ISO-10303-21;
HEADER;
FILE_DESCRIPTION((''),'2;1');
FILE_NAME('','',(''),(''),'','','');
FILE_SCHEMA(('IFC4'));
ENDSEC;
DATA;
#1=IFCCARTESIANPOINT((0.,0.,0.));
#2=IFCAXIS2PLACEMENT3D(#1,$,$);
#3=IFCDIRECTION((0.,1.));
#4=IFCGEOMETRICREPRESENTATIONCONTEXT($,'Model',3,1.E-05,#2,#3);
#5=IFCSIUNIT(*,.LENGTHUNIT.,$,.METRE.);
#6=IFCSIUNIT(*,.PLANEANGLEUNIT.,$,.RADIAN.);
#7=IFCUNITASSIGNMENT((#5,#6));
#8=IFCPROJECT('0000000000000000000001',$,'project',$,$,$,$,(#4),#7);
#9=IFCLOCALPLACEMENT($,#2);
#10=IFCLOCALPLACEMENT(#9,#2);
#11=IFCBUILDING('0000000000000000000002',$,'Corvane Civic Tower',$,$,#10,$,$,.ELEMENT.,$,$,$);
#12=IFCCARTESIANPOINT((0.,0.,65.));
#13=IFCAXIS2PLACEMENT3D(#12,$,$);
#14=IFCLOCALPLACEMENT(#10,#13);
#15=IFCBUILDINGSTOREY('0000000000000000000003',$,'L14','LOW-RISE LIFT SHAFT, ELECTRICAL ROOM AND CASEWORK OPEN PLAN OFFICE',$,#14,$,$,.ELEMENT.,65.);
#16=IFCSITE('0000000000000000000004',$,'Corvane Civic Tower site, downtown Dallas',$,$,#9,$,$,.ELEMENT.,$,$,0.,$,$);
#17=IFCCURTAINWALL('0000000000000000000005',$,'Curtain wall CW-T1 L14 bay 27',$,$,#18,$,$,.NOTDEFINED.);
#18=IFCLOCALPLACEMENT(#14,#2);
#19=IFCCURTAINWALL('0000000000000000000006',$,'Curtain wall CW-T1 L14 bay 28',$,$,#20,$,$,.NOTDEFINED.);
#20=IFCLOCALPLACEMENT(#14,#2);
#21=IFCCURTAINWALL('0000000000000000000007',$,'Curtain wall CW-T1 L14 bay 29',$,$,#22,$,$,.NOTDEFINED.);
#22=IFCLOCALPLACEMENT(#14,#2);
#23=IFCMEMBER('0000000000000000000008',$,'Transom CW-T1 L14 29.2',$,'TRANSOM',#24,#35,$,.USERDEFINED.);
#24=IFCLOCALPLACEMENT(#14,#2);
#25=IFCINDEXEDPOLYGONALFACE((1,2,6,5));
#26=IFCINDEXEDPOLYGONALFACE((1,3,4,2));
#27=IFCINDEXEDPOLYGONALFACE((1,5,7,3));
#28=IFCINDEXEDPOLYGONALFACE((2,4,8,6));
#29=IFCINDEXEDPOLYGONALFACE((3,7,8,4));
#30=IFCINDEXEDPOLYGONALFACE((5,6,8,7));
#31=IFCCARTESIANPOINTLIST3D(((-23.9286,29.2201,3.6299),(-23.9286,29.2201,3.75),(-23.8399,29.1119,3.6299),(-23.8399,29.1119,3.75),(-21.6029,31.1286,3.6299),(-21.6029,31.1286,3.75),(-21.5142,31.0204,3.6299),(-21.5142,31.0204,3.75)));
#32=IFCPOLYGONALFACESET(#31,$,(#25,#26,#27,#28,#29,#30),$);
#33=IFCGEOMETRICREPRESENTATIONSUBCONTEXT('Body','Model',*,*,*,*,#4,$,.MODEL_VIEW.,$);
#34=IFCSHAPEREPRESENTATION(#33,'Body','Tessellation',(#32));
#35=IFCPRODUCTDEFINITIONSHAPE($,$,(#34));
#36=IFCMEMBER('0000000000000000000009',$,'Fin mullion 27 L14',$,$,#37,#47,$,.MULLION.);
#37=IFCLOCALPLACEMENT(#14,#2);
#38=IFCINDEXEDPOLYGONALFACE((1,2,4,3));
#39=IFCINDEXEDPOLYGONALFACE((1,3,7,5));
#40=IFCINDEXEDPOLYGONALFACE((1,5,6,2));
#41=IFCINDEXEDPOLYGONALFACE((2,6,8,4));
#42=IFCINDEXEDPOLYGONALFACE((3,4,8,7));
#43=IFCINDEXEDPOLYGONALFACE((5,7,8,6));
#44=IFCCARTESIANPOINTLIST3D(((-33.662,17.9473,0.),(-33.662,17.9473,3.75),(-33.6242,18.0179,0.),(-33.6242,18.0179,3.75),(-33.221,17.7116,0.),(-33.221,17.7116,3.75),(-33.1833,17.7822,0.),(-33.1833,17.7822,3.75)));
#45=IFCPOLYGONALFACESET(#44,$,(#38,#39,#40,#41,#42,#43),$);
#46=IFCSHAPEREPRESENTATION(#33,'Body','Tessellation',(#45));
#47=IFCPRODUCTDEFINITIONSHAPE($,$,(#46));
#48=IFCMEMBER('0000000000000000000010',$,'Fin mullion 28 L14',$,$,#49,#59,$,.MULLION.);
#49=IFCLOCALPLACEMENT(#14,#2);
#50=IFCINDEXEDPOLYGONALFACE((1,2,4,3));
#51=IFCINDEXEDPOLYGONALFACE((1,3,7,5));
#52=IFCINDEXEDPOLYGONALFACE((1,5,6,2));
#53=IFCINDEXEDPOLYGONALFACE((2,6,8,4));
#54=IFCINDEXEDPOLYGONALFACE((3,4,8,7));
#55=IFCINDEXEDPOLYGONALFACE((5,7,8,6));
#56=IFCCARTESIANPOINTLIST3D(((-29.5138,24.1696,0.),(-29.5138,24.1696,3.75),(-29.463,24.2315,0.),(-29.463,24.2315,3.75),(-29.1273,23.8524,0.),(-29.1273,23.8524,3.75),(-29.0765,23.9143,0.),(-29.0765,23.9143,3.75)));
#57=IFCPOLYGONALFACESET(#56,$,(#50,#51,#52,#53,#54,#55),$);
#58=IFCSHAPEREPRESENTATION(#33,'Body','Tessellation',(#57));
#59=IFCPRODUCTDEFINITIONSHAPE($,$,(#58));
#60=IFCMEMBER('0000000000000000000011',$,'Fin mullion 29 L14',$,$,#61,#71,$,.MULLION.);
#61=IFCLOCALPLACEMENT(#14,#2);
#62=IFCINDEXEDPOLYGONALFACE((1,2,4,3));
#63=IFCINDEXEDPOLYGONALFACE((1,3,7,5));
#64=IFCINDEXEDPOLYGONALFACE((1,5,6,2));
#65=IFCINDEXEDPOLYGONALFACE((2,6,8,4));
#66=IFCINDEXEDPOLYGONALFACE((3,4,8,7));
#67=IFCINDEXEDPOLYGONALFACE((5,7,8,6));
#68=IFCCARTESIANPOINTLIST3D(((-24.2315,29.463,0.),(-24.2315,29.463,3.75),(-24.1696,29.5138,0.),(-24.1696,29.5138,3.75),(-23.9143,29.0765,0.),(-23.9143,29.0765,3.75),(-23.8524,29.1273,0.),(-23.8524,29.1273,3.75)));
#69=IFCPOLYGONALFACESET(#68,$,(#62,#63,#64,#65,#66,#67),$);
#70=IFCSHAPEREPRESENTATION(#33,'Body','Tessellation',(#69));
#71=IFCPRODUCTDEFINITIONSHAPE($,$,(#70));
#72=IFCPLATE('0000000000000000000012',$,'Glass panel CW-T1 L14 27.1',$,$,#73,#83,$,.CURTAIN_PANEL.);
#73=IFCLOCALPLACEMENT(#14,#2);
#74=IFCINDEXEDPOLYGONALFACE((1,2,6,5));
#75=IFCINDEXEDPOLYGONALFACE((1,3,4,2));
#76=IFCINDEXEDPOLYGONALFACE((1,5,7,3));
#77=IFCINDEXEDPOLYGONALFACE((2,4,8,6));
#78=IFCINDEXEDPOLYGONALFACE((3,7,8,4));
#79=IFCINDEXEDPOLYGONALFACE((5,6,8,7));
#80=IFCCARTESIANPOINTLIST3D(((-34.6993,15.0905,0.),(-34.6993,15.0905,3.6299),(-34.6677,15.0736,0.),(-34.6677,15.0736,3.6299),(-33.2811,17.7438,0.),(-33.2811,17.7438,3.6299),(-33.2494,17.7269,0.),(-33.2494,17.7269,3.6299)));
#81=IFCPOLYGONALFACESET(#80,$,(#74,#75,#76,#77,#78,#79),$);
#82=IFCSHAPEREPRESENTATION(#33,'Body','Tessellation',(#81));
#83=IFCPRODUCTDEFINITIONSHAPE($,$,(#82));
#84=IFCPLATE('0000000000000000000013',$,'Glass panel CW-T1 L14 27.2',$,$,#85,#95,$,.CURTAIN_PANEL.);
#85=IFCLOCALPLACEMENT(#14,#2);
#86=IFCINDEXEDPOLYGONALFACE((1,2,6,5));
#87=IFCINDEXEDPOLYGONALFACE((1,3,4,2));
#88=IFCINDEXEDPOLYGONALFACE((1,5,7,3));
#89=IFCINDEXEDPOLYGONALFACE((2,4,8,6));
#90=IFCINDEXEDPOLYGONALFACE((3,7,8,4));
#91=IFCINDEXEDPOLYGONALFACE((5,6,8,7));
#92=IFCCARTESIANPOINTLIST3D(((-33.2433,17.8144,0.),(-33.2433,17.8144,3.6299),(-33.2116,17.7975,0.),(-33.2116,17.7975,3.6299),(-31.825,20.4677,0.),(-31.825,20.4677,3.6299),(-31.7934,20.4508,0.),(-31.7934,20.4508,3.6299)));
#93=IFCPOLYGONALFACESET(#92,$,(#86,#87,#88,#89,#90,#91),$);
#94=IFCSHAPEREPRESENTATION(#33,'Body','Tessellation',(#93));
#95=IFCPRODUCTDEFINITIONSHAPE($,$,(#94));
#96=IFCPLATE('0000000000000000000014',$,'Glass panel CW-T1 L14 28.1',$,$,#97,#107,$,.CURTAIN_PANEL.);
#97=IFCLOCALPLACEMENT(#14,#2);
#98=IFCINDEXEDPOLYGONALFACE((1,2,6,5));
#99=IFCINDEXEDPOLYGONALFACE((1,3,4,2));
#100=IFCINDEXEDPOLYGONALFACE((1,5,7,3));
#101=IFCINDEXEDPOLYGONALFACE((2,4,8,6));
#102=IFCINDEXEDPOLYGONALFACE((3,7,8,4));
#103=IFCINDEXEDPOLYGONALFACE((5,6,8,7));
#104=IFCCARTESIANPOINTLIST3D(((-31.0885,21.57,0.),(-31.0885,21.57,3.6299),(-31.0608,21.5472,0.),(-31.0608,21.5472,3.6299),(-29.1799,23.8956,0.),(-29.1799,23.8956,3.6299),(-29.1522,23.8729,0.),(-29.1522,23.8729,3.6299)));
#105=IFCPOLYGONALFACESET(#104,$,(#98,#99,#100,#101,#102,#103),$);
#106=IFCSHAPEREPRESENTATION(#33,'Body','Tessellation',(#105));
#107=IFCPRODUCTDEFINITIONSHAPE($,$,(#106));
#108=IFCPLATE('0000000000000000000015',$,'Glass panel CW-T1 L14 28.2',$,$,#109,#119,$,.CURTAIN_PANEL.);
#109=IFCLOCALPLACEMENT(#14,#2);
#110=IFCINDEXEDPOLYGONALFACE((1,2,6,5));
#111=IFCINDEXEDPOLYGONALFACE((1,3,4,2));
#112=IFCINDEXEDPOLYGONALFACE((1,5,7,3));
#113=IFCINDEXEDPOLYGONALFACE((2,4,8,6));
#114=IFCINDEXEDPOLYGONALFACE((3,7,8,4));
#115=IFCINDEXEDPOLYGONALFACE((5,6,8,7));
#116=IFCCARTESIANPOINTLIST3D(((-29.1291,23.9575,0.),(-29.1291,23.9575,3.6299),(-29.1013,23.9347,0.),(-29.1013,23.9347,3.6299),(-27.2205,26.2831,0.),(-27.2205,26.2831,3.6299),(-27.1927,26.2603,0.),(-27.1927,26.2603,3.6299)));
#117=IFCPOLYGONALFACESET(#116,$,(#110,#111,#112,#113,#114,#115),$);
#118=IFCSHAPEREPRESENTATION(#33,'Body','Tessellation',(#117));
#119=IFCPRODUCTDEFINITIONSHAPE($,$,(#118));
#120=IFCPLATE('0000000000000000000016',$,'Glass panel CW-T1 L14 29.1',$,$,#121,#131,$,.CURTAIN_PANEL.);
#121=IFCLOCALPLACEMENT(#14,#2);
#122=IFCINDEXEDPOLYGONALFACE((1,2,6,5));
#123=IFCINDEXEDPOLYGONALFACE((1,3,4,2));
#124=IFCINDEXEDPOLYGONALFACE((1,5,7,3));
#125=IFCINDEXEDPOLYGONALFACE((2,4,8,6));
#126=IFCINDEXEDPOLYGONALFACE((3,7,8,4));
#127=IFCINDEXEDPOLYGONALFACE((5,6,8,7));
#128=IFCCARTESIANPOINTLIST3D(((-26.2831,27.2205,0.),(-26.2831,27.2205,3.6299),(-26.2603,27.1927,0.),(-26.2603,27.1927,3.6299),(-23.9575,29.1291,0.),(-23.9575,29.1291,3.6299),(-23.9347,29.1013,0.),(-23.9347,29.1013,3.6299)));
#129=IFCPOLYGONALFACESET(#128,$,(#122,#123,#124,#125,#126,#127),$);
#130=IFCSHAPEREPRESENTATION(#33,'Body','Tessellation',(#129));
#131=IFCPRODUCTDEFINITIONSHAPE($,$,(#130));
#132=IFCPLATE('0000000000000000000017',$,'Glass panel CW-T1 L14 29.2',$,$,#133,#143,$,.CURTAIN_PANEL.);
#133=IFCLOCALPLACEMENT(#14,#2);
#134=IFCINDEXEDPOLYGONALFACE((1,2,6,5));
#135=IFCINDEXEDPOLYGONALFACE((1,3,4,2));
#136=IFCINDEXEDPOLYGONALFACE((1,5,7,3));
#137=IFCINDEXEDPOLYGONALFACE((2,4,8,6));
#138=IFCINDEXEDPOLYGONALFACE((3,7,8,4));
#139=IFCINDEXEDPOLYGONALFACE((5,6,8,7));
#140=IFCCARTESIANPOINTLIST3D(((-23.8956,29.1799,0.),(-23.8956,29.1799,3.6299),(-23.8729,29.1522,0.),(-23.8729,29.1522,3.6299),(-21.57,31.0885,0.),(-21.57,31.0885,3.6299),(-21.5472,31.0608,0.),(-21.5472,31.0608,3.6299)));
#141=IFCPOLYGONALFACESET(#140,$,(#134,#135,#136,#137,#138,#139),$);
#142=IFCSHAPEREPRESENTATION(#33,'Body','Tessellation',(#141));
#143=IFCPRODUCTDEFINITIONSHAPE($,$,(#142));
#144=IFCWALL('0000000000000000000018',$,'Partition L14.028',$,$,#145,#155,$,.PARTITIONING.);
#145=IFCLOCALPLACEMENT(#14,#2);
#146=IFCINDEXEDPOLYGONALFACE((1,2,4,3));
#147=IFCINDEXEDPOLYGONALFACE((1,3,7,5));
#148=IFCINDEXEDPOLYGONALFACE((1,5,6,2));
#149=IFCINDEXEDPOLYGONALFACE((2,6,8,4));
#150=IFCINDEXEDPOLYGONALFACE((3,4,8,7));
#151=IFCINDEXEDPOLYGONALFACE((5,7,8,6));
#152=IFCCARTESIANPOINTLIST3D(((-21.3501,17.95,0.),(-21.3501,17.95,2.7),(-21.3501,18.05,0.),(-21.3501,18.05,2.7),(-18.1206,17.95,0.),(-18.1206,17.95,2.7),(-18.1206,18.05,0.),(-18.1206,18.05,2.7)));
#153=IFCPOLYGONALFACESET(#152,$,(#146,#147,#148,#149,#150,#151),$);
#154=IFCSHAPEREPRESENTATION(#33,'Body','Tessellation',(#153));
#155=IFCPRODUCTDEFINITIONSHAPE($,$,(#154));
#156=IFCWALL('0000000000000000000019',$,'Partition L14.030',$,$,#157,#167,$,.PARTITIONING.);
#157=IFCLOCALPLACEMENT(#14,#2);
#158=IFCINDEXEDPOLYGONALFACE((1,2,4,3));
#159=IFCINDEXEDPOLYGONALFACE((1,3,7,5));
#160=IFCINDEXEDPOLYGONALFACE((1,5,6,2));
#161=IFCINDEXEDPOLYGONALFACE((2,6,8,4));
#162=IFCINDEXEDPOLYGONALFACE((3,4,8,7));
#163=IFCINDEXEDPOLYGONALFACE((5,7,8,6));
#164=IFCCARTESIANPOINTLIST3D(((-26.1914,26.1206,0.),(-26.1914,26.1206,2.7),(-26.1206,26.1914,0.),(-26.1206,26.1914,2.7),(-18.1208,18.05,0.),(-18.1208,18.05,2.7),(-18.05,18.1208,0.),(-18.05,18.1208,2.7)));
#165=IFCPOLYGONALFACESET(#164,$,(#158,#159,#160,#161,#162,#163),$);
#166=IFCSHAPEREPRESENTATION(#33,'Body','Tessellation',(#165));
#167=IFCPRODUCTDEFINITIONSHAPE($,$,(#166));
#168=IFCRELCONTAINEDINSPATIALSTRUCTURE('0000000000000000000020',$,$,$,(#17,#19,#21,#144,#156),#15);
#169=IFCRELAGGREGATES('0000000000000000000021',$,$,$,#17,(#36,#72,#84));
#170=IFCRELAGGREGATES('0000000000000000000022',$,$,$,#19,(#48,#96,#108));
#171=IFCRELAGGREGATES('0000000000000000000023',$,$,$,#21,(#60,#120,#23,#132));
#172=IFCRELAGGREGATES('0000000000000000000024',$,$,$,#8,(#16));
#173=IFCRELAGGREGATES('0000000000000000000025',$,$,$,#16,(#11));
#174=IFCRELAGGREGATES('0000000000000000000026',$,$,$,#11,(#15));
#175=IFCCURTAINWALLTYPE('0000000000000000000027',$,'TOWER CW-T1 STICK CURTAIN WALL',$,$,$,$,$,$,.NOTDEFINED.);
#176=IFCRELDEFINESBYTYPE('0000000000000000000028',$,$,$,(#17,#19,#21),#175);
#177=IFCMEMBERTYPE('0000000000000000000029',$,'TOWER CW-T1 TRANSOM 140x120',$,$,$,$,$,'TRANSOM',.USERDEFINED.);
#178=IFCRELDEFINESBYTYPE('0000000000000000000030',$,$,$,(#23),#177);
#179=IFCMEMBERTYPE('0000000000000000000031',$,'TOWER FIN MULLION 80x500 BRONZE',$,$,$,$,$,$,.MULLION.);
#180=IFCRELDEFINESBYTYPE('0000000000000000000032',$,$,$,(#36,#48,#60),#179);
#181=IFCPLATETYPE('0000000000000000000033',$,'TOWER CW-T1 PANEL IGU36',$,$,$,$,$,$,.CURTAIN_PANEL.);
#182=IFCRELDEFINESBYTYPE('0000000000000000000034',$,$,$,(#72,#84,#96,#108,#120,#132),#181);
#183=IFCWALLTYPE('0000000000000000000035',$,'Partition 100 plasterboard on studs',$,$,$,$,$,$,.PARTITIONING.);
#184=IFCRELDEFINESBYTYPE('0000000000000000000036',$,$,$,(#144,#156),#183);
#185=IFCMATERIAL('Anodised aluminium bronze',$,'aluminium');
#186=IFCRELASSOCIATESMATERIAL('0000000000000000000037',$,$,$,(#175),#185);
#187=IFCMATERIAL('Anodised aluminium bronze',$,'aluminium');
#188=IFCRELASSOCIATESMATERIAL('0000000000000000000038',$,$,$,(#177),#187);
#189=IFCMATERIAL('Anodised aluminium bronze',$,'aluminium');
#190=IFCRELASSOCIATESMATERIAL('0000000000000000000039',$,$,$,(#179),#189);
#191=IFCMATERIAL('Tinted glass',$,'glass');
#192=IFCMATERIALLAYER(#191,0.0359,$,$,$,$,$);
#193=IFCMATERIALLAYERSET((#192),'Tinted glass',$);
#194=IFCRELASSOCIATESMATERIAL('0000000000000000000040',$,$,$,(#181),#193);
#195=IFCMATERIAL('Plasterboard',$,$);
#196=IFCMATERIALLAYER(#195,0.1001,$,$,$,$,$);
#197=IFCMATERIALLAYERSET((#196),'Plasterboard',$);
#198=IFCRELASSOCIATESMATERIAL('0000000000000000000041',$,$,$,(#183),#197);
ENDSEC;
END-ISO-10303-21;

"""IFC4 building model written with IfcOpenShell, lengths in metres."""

from ifc_helpers import new_model, si_unit, direction, frame, frame_2d, origin, origin_2d, place, context, subcontext, project, spatial, rectangle, extrude, material, layer, layer_set, material_profile, profile_set, type_object, element, aggregate, save


model = new_model("IFC4")

# Units and contexts
model_context = context("Model", 3, precision=1e-05, world=origin(), true_north=direction((0.0, 1.0)))
body_context = subcontext(model_context, "Body", "Model", "MODEL_VIEW")
ifc_project = project(units=[si_unit("LENGTHUNIT", "METRE"), si_unit("PLANEANGLEUNIT", "RADIAN")], contexts=[model_context])

# Site, building, storey
site_placement = place(None, origin())
site = spatial("IfcSite", under=ifc_project, at=site_placement, Name="Corvane Civic Tower site, downtown Dallas", CompositionType="ELEMENT", RefElevation=0.0)
building_placement = place(site_placement, origin())
building = spatial("IfcBuilding", under=site, at=building_placement, Name="Corvane Civic Tower", CompositionType="ELEMENT")
storey_placement = place(building_placement, frame((0.0, 0.0, 65.0)))
storey = spatial("IfcBuildingStorey", under=building, at=storey_placement, Name="L14", Description="LOW-RISE LIFT SHAFT, ELECTRICAL ROOM AND CASEWORK OPEN PLAN OFFICE", CompositionType="ELEMENT", Elevation=65.0)

# Curtain wall
ifc_material_1 = material(Name="Anodised aluminium bronze", Category="aluminium")
curtain_wall_type = type_object("IfcCurtainWallType", Name="TOWER CW-T1 STICK CURTAIN WALL", PredefinedType="NOTDEFINED", material=ifc_material_1)
curtain_wall_1_placement = place(storey_placement, origin())
curtain_wall_1 = element("IfcCurtainWall", 1, at=curtain_wall_1_placement, inside=storey, type_object=curtain_wall_type, Name="Curtain wall CW-T1 L14 bay 27", PredefinedType="NOTDEFINED")
ifc_material_2 = material(Name="Anodised aluminium bronze", Category="aluminium")
ifc_material_profile_1 = material_profile(ifc_material_2, rectangle(XDim=0.1399, YDim=0.1201, at=origin_2d()), Name="TOWER CW-T1 TRANSOM 140x120")
ifc_profile_set_1 = profile_set([ifc_material_profile_1], Name="Anodised aluminium bronze")
member_type_1 = type_object("IfcMemberType", Name="TOWER CW-T1 TRANSOM 140x120", ElementType="TRANSOM", PredefinedType="USERDEFINED", material=ifc_profile_set_1)

# Curtain walls, member
curtain_wall_2_placement = place(storey_placement, origin())
curtain_wall_2 = element("IfcCurtainWall", 2, at=curtain_wall_2_placement, inside=storey, type_object=curtain_wall_type, Name="Curtain wall CW-T1 L14 bay 28", PredefinedType="NOTDEFINED")
curtain_wall_3_placement = place(storey_placement, origin())
curtain_wall_3 = element("IfcCurtainWall", 3, at=curtain_wall_3_placement, inside=storey, type_object=curtain_wall_type, Name="Curtain wall CW-T1 L14 bay 29", PredefinedType="NOTDEFINED")
member_1_placement = place(storey_placement, frame((-23.8843, 29.166, 3.6899), z_axis=(0.773042, 0.634355, 0.0), x_axis=(-0.634355, 0.773042, 0.0)))
member_1 = element("IfcMember", 4, at=member_1_placement, type_object=member_type_1, Name="Transom CW-T1 L14 29.2", ObjectType="TRANSOM", PredefinedType="USERDEFINED", context=body_context, shape_type="SweptSolid", body=[
    extrude(rectangle(XDim=0.1399, YDim=0.1201, at=origin_2d()), origin(), (0.0, 0.0, 1.0), 3.0085),
])

# Members
ifc_material_3 = material(Name="Anodised aluminium bronze", Category="aluminium")
ifc_material_profile_2 = material_profile(ifc_material_3, rectangle(XDim=0.0801, YDim=0.5, at=origin_2d()), Name="TOWER FIN MULLION 80x500 BRONZE")
ifc_profile_set_2 = profile_set([ifc_material_profile_2], Name="Anodised aluminium bronze")
member_type_2 = type_object("IfcMemberType", Name="TOWER FIN MULLION 80x500 BRONZE", PredefinedType="MULLION", material=ifc_profile_set_2)
member_2_placement = place(storey_placement, frame((-33.4226, 17.8647, 0.0), z_axis=(0.0, 0.0, 1.0), x_axis=(0.471404, 0.881918, 0.0)))
member_2 = element("IfcMember", 5, at=member_2_placement, type_object=member_type_2, Name="Fin mullion 27 L14", PredefinedType="MULLION", context=body_context, shape_type="SweptSolid", body=[
    extrude(rectangle(XDim=0.0801, YDim=0.5, at=origin_2d()), origin(), (0.0, 0.0, 1.0), 3.75),
])
member_3_placement = place(storey_placement, frame((-29.2952, 24.042, 0.0), z_axis=(0.0, 0.0, 1.0), x_axis=(0.634397, 0.773007, 0.0)))
member_3 = element("IfcMember", 6, at=member_3_placement, type_object=member_type_2, Name="Fin mullion 28 L14", PredefinedType="MULLION", context=body_context, shape_type="SweptSolid", body=[
    extrude(rectangle(XDim=0.0801, YDim=0.5, at=origin_2d()), origin(), (0.0, 0.0, 1.0), 3.75),
])
member_4_placement = place(storey_placement, frame((-24.042, 29.2952, 0.0), z_axis=(0.0, 0.0, 1.0), x_axis=(0.773007, 0.634397, 0.0)))
member_4 = element("IfcMember", 7, at=member_4_placement, type_object=member_type_2, Name="Fin mullion 29 L14", PredefinedType="MULLION", context=body_context, shape_type="SweptSolid", body=[
    extrude(rectangle(XDim=0.0801, YDim=0.5, at=origin_2d()), origin(), (0.0, 0.0, 1.0), 3.75),
])

# Plates
ifc_material_4 = material(Name="Tinted glass", Category="glass")
ifc_layer_1 = layer(ifc_material_4, 0.0359)
ifc_layer_set_1 = layer_set([ifc_layer_1], Name="Tinted glass")
plate_type = type_object("IfcPlateType", Name="TOWER CW-T1 PANEL IGU36", PredefinedType="CURTAIN_PANEL", material=ifc_layer_set_1)
plate_1_placement = place(storey_placement, frame((-33.9744, 16.4087, 0.0), z_axis=(0.0, 0.0, 1.0), x_axis=(0.471404, 0.881918, 0.0)))
plate_1 = element("IfcPlate", 8, at=plate_1_placement, type_object=plate_type, Name="Glass panel CW-T1 L14 27.1", PredefinedType="CURTAIN_PANEL", context=body_context, shape_type="SweptSolid", body=[
    extrude(rectangle(XDim=3.0085, YDim=0.0359, at=origin_2d()), origin(), (0.0, 0.0, 1.0), 3.6299),
])
plate_2_placement = place(storey_placement, frame((-32.5183, 19.1326, 0.0), z_axis=(0.0, 0.0, 1.0), x_axis=(0.471404, 0.881918, 0.0)))
plate_2 = element("IfcPlate", 9, at=plate_2_placement, type_object=plate_type, Name="Glass panel CW-T1 L14 27.2", PredefinedType="CURTAIN_PANEL", context=body_context, shape_type="SweptSolid", body=[
    extrude(rectangle(XDim=3.0085, YDim=0.0359, at=origin_2d()), origin(), (0.0, 0.0, 1.0), 3.6299),
])
aggregate(curtain_wall_1, [member_2, plate_1, plate_2])
plate_3_placement = place(storey_placement, frame((-30.1204, 22.7214, 0.0), z_axis=(0.0, 0.0, 1.0), x_axis=(0.634397, 0.773007, 0.0)))
plate_3 = element("IfcPlate", 10, at=plate_3_placement, type_object=plate_type, Name="Glass panel CW-T1 L14 28.1", PredefinedType="CURTAIN_PANEL", context=body_context, shape_type="SweptSolid", body=[
    extrude(rectangle(XDim=3.0085, YDim=0.0359, at=origin_2d()), origin(), (0.0, 0.0, 1.0), 3.6299),
])
plate_4_placement = place(storey_placement, frame((-28.1609, 25.1089, 0.0), z_axis=(0.0, 0.0, 1.0), x_axis=(0.634397, 0.773007, 0.0)))
plate_4 = element("IfcPlate", 11, at=plate_4_placement, type_object=plate_type, Name="Glass panel CW-T1 L14 28.2", PredefinedType="CURTAIN_PANEL", context=body_context, shape_type="SweptSolid", body=[
    extrude(rectangle(XDim=3.0085, YDim=0.0359, at=origin_2d()), origin(), (0.0, 0.0, 1.0), 3.6299),
])
aggregate(curtain_wall_2, [member_3, plate_3, plate_4])
plate_5_placement = place(storey_placement, frame((-25.1089, 28.1609, 0.0), z_axis=(0.0, 0.0, 1.0), x_axis=(0.773007, 0.634397, 0.0)))
plate_5 = element("IfcPlate", 12, at=plate_5_placement, type_object=plate_type, Name="Glass panel CW-T1 L14 29.1", PredefinedType="CURTAIN_PANEL", context=body_context, shape_type="SweptSolid", body=[
    extrude(rectangle(XDim=3.0085, YDim=0.0359, at=origin_2d()), origin(), (0.0, 0.0, 1.0), 3.6299),
])
plate_6_placement = place(storey_placement, frame((-22.7214, 30.1204, 0.0), z_axis=(0.0, 0.0, 1.0), x_axis=(0.773007, 0.634397, 0.0)))
plate_6 = element("IfcPlate", 13, at=plate_6_placement, type_object=plate_type, Name="Glass panel CW-T1 L14 29.2", PredefinedType="CURTAIN_PANEL", context=body_context, shape_type="SweptSolid", body=[
    extrude(rectangle(XDim=3.0085, YDim=0.0359, at=origin_2d()), origin(), (0.0, 0.0, 1.0), 3.6299),
])
aggregate(curtain_wall_3, [member_4, plate_5, member_1, plate_6])

# Walls
ifc_material_5 = material(Name="Plasterboard")
ifc_layer_2 = layer(ifc_material_5, 0.1001)
ifc_layer_set_2 = layer_set([ifc_layer_2], Name="Plasterboard")
wall_type = type_object("IfcWallType", Name="Partition 100 plasterboard on studs", PredefinedType="PARTITIONING", material=ifc_layer_set_2)
wall_1_placement = place(storey_placement, frame((-21.3501, 18.0, 0.0), z_axis=(0.0, 0.0, 1.0), x_axis=(1.0, 0.0, 0.0)))
element("IfcWall", 14, at=wall_1_placement, inside=storey, type_object=wall_type, Name="Partition L14.028", PredefinedType="PARTITIONING", context=body_context, shape_type="SweptSolid", body=[
    extrude(rectangle(XDim=3.2295, YDim=0.1001, at=frame_2d((1.6147, 0.0))), origin(), (0.0, 0.0, 1.0), 2.7),
])
wall_2_placement = place(storey_placement, frame((-26.156, 26.156, 0.0), z_axis=(0.0, 0.0, 1.0), x_axis=(0.707107, -0.707107, 0.0)))
element("IfcWall", 15, at=wall_2_placement, inside=storey, type_object=wall_type, Name="Partition L14.030", PredefinedType="PARTITIONING", context=body_context, shape_type="SweptSolid", body=[
    extrude(rectangle(XDim=11.4136, YDim=0.1001, at=frame_2d((5.7068, 0.0))), origin(), (0.0, 0.0, 1.0), 2.7),
])

save(model, "model.ifc")
